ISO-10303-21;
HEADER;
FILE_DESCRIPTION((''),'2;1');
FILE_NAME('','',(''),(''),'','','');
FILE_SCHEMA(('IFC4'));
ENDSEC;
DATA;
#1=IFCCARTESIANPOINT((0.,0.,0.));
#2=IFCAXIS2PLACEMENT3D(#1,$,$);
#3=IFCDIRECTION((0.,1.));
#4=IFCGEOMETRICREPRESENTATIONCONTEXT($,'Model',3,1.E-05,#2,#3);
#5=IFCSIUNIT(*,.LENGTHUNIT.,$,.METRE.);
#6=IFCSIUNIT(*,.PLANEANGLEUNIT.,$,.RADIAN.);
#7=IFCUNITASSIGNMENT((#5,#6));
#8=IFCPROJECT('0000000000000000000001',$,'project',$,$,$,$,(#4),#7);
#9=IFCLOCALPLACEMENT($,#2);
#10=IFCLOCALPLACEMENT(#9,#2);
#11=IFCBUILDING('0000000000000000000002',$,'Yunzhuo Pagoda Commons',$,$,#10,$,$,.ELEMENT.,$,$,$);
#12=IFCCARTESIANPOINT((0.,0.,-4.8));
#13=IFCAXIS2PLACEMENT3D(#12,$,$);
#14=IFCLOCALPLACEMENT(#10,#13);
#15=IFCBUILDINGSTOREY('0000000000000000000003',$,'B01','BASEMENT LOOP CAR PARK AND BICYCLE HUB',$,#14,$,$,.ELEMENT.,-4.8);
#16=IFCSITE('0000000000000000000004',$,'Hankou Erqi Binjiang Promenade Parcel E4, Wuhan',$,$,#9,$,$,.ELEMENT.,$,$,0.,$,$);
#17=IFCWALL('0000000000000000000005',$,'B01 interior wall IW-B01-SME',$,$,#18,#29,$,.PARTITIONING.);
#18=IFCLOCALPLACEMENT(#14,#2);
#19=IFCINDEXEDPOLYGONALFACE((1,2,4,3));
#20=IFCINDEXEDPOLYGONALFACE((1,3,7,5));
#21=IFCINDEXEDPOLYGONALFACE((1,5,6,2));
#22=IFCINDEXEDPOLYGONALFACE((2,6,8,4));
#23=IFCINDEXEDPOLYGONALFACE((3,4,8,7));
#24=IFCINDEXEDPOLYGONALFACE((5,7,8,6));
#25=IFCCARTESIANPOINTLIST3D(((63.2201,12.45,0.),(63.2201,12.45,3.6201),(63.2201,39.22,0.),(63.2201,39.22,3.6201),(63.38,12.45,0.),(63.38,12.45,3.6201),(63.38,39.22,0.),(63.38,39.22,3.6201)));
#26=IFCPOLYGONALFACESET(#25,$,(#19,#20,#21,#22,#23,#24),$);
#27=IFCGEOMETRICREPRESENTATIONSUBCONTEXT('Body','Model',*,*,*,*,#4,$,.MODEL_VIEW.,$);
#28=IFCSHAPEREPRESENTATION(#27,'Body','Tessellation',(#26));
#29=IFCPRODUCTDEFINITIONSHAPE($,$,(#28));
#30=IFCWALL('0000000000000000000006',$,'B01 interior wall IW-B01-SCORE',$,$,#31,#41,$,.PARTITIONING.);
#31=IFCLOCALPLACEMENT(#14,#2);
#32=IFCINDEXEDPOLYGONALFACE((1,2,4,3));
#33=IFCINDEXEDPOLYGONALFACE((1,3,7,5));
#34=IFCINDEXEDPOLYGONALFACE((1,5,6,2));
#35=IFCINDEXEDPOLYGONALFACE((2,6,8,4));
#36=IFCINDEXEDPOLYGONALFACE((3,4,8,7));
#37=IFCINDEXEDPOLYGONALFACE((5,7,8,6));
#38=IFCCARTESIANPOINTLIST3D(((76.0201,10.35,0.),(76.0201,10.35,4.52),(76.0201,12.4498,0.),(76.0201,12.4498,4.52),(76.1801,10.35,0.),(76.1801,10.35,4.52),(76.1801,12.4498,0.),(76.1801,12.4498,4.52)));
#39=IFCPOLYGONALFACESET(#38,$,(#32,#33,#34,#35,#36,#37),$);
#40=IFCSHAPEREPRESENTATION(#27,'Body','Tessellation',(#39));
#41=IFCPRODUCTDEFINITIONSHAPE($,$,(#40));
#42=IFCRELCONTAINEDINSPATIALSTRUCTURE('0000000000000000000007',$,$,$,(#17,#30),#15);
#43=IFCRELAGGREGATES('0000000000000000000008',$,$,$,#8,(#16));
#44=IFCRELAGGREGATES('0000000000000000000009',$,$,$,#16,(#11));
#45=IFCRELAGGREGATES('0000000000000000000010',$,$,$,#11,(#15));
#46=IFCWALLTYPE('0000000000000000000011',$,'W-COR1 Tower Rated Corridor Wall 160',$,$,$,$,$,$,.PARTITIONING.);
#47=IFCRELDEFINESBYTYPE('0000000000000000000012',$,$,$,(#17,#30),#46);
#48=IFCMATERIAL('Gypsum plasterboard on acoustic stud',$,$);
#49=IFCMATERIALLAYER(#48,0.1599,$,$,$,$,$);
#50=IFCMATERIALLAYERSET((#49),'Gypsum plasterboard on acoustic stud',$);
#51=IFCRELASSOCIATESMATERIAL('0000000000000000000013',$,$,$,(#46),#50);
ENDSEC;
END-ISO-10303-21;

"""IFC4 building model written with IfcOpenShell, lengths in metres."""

from ifc_helpers import new_model, si_unit, direction, frame, frame_2d, origin, place, context, subcontext, project, spatial, rectangle, extrude, material, layer, layer_set, type_object, element, save


model = new_model("IFC4")

# Units and contexts
model_context = context("Model", 3, precision=1e-05, world=origin(), true_north=direction((0.0, 1.0)))
body_context = subcontext(model_context, "Body", "Model", "MODEL_VIEW")
ifc_project = project(units=[si_unit("LENGTHUNIT", "METRE"), si_unit("PLANEANGLEUNIT", "RADIAN")], contexts=[model_context])

# Site, building, storey
site_placement = place(None, origin())
site = spatial("IfcSite", under=ifc_project, at=site_placement, Name="Hankou Erqi Binjiang Promenade Parcel E4, Wuhan", CompositionType="ELEMENT", RefElevation=0.0)
building_placement = place(site_placement, origin())
building = spatial("IfcBuilding", under=site, at=building_placement, Name="Yunzhuo Pagoda Commons", CompositionType="ELEMENT")
storey_placement = place(building_placement, frame((0.0, 0.0, -4.8)))
storey = spatial("IfcBuildingStorey", under=building, at=storey_placement, Name="B01", Description="BASEMENT LOOP CAR PARK AND BICYCLE HUB", CompositionType="ELEMENT", Elevation=-4.8)

# Shared definitions
ifc_material_1 = material(Name="Gypsum plasterboard on acoustic stud")
ifc_layer_1 = layer(ifc_material_1, 0.1599)
ifc_layer_set_1 = layer_set([ifc_layer_1], Name="Gypsum plasterboard on acoustic stud")
wall_type_1 = type_object("IfcWallType", Name="W-COR1 Tower Rated Corridor Wall 160", PredefinedType="PARTITIONING", material=ifc_layer_set_1)

# Walls
for number, where, z_axis, x_axis, name in (
    (1, (63.3, 12.45, 0.0), (0.0, 0.0, 1.0), (0.0, 1.0, 0.0), "B01 interior wall IW-B01-SME"),
):
    element("IfcWall", number, at=place(storey_placement, frame(where, z_axis=z_axis, x_axis=x_axis)), inside=storey, type_object=wall_type_1, Name=name, PredefinedType="PARTITIONING", context=body_context, shape_type="SweptSolid", body=[
        extrude(rectangle(XDim=26.77, YDim=0.1599, at=frame_2d((13.385, 0.0))), origin(), (0.0, 0.0, 1.0), 3.6201),
    ])
wall_1_placement = place(storey_placement, frame((76.1001, 10.3501, 0.0), z_axis=(0.0, 0.0, 1.0), x_axis=(0.0, 1.0, 0.0)))
element("IfcWall", 2, at=wall_1_placement, inside=storey, type_object=wall_type_1, Name="B01 interior wall IW-B01-SCORE", PredefinedType="PARTITIONING", context=body_context, shape_type="SweptSolid", body=[
    extrude(rectangle(XDim=2.0999, YDim=0.1599, at=frame_2d((1.0498, 0.0))), origin(), (0.0, 0.0, 1.0), 4.52),
])

save(model, "model.ifc")
